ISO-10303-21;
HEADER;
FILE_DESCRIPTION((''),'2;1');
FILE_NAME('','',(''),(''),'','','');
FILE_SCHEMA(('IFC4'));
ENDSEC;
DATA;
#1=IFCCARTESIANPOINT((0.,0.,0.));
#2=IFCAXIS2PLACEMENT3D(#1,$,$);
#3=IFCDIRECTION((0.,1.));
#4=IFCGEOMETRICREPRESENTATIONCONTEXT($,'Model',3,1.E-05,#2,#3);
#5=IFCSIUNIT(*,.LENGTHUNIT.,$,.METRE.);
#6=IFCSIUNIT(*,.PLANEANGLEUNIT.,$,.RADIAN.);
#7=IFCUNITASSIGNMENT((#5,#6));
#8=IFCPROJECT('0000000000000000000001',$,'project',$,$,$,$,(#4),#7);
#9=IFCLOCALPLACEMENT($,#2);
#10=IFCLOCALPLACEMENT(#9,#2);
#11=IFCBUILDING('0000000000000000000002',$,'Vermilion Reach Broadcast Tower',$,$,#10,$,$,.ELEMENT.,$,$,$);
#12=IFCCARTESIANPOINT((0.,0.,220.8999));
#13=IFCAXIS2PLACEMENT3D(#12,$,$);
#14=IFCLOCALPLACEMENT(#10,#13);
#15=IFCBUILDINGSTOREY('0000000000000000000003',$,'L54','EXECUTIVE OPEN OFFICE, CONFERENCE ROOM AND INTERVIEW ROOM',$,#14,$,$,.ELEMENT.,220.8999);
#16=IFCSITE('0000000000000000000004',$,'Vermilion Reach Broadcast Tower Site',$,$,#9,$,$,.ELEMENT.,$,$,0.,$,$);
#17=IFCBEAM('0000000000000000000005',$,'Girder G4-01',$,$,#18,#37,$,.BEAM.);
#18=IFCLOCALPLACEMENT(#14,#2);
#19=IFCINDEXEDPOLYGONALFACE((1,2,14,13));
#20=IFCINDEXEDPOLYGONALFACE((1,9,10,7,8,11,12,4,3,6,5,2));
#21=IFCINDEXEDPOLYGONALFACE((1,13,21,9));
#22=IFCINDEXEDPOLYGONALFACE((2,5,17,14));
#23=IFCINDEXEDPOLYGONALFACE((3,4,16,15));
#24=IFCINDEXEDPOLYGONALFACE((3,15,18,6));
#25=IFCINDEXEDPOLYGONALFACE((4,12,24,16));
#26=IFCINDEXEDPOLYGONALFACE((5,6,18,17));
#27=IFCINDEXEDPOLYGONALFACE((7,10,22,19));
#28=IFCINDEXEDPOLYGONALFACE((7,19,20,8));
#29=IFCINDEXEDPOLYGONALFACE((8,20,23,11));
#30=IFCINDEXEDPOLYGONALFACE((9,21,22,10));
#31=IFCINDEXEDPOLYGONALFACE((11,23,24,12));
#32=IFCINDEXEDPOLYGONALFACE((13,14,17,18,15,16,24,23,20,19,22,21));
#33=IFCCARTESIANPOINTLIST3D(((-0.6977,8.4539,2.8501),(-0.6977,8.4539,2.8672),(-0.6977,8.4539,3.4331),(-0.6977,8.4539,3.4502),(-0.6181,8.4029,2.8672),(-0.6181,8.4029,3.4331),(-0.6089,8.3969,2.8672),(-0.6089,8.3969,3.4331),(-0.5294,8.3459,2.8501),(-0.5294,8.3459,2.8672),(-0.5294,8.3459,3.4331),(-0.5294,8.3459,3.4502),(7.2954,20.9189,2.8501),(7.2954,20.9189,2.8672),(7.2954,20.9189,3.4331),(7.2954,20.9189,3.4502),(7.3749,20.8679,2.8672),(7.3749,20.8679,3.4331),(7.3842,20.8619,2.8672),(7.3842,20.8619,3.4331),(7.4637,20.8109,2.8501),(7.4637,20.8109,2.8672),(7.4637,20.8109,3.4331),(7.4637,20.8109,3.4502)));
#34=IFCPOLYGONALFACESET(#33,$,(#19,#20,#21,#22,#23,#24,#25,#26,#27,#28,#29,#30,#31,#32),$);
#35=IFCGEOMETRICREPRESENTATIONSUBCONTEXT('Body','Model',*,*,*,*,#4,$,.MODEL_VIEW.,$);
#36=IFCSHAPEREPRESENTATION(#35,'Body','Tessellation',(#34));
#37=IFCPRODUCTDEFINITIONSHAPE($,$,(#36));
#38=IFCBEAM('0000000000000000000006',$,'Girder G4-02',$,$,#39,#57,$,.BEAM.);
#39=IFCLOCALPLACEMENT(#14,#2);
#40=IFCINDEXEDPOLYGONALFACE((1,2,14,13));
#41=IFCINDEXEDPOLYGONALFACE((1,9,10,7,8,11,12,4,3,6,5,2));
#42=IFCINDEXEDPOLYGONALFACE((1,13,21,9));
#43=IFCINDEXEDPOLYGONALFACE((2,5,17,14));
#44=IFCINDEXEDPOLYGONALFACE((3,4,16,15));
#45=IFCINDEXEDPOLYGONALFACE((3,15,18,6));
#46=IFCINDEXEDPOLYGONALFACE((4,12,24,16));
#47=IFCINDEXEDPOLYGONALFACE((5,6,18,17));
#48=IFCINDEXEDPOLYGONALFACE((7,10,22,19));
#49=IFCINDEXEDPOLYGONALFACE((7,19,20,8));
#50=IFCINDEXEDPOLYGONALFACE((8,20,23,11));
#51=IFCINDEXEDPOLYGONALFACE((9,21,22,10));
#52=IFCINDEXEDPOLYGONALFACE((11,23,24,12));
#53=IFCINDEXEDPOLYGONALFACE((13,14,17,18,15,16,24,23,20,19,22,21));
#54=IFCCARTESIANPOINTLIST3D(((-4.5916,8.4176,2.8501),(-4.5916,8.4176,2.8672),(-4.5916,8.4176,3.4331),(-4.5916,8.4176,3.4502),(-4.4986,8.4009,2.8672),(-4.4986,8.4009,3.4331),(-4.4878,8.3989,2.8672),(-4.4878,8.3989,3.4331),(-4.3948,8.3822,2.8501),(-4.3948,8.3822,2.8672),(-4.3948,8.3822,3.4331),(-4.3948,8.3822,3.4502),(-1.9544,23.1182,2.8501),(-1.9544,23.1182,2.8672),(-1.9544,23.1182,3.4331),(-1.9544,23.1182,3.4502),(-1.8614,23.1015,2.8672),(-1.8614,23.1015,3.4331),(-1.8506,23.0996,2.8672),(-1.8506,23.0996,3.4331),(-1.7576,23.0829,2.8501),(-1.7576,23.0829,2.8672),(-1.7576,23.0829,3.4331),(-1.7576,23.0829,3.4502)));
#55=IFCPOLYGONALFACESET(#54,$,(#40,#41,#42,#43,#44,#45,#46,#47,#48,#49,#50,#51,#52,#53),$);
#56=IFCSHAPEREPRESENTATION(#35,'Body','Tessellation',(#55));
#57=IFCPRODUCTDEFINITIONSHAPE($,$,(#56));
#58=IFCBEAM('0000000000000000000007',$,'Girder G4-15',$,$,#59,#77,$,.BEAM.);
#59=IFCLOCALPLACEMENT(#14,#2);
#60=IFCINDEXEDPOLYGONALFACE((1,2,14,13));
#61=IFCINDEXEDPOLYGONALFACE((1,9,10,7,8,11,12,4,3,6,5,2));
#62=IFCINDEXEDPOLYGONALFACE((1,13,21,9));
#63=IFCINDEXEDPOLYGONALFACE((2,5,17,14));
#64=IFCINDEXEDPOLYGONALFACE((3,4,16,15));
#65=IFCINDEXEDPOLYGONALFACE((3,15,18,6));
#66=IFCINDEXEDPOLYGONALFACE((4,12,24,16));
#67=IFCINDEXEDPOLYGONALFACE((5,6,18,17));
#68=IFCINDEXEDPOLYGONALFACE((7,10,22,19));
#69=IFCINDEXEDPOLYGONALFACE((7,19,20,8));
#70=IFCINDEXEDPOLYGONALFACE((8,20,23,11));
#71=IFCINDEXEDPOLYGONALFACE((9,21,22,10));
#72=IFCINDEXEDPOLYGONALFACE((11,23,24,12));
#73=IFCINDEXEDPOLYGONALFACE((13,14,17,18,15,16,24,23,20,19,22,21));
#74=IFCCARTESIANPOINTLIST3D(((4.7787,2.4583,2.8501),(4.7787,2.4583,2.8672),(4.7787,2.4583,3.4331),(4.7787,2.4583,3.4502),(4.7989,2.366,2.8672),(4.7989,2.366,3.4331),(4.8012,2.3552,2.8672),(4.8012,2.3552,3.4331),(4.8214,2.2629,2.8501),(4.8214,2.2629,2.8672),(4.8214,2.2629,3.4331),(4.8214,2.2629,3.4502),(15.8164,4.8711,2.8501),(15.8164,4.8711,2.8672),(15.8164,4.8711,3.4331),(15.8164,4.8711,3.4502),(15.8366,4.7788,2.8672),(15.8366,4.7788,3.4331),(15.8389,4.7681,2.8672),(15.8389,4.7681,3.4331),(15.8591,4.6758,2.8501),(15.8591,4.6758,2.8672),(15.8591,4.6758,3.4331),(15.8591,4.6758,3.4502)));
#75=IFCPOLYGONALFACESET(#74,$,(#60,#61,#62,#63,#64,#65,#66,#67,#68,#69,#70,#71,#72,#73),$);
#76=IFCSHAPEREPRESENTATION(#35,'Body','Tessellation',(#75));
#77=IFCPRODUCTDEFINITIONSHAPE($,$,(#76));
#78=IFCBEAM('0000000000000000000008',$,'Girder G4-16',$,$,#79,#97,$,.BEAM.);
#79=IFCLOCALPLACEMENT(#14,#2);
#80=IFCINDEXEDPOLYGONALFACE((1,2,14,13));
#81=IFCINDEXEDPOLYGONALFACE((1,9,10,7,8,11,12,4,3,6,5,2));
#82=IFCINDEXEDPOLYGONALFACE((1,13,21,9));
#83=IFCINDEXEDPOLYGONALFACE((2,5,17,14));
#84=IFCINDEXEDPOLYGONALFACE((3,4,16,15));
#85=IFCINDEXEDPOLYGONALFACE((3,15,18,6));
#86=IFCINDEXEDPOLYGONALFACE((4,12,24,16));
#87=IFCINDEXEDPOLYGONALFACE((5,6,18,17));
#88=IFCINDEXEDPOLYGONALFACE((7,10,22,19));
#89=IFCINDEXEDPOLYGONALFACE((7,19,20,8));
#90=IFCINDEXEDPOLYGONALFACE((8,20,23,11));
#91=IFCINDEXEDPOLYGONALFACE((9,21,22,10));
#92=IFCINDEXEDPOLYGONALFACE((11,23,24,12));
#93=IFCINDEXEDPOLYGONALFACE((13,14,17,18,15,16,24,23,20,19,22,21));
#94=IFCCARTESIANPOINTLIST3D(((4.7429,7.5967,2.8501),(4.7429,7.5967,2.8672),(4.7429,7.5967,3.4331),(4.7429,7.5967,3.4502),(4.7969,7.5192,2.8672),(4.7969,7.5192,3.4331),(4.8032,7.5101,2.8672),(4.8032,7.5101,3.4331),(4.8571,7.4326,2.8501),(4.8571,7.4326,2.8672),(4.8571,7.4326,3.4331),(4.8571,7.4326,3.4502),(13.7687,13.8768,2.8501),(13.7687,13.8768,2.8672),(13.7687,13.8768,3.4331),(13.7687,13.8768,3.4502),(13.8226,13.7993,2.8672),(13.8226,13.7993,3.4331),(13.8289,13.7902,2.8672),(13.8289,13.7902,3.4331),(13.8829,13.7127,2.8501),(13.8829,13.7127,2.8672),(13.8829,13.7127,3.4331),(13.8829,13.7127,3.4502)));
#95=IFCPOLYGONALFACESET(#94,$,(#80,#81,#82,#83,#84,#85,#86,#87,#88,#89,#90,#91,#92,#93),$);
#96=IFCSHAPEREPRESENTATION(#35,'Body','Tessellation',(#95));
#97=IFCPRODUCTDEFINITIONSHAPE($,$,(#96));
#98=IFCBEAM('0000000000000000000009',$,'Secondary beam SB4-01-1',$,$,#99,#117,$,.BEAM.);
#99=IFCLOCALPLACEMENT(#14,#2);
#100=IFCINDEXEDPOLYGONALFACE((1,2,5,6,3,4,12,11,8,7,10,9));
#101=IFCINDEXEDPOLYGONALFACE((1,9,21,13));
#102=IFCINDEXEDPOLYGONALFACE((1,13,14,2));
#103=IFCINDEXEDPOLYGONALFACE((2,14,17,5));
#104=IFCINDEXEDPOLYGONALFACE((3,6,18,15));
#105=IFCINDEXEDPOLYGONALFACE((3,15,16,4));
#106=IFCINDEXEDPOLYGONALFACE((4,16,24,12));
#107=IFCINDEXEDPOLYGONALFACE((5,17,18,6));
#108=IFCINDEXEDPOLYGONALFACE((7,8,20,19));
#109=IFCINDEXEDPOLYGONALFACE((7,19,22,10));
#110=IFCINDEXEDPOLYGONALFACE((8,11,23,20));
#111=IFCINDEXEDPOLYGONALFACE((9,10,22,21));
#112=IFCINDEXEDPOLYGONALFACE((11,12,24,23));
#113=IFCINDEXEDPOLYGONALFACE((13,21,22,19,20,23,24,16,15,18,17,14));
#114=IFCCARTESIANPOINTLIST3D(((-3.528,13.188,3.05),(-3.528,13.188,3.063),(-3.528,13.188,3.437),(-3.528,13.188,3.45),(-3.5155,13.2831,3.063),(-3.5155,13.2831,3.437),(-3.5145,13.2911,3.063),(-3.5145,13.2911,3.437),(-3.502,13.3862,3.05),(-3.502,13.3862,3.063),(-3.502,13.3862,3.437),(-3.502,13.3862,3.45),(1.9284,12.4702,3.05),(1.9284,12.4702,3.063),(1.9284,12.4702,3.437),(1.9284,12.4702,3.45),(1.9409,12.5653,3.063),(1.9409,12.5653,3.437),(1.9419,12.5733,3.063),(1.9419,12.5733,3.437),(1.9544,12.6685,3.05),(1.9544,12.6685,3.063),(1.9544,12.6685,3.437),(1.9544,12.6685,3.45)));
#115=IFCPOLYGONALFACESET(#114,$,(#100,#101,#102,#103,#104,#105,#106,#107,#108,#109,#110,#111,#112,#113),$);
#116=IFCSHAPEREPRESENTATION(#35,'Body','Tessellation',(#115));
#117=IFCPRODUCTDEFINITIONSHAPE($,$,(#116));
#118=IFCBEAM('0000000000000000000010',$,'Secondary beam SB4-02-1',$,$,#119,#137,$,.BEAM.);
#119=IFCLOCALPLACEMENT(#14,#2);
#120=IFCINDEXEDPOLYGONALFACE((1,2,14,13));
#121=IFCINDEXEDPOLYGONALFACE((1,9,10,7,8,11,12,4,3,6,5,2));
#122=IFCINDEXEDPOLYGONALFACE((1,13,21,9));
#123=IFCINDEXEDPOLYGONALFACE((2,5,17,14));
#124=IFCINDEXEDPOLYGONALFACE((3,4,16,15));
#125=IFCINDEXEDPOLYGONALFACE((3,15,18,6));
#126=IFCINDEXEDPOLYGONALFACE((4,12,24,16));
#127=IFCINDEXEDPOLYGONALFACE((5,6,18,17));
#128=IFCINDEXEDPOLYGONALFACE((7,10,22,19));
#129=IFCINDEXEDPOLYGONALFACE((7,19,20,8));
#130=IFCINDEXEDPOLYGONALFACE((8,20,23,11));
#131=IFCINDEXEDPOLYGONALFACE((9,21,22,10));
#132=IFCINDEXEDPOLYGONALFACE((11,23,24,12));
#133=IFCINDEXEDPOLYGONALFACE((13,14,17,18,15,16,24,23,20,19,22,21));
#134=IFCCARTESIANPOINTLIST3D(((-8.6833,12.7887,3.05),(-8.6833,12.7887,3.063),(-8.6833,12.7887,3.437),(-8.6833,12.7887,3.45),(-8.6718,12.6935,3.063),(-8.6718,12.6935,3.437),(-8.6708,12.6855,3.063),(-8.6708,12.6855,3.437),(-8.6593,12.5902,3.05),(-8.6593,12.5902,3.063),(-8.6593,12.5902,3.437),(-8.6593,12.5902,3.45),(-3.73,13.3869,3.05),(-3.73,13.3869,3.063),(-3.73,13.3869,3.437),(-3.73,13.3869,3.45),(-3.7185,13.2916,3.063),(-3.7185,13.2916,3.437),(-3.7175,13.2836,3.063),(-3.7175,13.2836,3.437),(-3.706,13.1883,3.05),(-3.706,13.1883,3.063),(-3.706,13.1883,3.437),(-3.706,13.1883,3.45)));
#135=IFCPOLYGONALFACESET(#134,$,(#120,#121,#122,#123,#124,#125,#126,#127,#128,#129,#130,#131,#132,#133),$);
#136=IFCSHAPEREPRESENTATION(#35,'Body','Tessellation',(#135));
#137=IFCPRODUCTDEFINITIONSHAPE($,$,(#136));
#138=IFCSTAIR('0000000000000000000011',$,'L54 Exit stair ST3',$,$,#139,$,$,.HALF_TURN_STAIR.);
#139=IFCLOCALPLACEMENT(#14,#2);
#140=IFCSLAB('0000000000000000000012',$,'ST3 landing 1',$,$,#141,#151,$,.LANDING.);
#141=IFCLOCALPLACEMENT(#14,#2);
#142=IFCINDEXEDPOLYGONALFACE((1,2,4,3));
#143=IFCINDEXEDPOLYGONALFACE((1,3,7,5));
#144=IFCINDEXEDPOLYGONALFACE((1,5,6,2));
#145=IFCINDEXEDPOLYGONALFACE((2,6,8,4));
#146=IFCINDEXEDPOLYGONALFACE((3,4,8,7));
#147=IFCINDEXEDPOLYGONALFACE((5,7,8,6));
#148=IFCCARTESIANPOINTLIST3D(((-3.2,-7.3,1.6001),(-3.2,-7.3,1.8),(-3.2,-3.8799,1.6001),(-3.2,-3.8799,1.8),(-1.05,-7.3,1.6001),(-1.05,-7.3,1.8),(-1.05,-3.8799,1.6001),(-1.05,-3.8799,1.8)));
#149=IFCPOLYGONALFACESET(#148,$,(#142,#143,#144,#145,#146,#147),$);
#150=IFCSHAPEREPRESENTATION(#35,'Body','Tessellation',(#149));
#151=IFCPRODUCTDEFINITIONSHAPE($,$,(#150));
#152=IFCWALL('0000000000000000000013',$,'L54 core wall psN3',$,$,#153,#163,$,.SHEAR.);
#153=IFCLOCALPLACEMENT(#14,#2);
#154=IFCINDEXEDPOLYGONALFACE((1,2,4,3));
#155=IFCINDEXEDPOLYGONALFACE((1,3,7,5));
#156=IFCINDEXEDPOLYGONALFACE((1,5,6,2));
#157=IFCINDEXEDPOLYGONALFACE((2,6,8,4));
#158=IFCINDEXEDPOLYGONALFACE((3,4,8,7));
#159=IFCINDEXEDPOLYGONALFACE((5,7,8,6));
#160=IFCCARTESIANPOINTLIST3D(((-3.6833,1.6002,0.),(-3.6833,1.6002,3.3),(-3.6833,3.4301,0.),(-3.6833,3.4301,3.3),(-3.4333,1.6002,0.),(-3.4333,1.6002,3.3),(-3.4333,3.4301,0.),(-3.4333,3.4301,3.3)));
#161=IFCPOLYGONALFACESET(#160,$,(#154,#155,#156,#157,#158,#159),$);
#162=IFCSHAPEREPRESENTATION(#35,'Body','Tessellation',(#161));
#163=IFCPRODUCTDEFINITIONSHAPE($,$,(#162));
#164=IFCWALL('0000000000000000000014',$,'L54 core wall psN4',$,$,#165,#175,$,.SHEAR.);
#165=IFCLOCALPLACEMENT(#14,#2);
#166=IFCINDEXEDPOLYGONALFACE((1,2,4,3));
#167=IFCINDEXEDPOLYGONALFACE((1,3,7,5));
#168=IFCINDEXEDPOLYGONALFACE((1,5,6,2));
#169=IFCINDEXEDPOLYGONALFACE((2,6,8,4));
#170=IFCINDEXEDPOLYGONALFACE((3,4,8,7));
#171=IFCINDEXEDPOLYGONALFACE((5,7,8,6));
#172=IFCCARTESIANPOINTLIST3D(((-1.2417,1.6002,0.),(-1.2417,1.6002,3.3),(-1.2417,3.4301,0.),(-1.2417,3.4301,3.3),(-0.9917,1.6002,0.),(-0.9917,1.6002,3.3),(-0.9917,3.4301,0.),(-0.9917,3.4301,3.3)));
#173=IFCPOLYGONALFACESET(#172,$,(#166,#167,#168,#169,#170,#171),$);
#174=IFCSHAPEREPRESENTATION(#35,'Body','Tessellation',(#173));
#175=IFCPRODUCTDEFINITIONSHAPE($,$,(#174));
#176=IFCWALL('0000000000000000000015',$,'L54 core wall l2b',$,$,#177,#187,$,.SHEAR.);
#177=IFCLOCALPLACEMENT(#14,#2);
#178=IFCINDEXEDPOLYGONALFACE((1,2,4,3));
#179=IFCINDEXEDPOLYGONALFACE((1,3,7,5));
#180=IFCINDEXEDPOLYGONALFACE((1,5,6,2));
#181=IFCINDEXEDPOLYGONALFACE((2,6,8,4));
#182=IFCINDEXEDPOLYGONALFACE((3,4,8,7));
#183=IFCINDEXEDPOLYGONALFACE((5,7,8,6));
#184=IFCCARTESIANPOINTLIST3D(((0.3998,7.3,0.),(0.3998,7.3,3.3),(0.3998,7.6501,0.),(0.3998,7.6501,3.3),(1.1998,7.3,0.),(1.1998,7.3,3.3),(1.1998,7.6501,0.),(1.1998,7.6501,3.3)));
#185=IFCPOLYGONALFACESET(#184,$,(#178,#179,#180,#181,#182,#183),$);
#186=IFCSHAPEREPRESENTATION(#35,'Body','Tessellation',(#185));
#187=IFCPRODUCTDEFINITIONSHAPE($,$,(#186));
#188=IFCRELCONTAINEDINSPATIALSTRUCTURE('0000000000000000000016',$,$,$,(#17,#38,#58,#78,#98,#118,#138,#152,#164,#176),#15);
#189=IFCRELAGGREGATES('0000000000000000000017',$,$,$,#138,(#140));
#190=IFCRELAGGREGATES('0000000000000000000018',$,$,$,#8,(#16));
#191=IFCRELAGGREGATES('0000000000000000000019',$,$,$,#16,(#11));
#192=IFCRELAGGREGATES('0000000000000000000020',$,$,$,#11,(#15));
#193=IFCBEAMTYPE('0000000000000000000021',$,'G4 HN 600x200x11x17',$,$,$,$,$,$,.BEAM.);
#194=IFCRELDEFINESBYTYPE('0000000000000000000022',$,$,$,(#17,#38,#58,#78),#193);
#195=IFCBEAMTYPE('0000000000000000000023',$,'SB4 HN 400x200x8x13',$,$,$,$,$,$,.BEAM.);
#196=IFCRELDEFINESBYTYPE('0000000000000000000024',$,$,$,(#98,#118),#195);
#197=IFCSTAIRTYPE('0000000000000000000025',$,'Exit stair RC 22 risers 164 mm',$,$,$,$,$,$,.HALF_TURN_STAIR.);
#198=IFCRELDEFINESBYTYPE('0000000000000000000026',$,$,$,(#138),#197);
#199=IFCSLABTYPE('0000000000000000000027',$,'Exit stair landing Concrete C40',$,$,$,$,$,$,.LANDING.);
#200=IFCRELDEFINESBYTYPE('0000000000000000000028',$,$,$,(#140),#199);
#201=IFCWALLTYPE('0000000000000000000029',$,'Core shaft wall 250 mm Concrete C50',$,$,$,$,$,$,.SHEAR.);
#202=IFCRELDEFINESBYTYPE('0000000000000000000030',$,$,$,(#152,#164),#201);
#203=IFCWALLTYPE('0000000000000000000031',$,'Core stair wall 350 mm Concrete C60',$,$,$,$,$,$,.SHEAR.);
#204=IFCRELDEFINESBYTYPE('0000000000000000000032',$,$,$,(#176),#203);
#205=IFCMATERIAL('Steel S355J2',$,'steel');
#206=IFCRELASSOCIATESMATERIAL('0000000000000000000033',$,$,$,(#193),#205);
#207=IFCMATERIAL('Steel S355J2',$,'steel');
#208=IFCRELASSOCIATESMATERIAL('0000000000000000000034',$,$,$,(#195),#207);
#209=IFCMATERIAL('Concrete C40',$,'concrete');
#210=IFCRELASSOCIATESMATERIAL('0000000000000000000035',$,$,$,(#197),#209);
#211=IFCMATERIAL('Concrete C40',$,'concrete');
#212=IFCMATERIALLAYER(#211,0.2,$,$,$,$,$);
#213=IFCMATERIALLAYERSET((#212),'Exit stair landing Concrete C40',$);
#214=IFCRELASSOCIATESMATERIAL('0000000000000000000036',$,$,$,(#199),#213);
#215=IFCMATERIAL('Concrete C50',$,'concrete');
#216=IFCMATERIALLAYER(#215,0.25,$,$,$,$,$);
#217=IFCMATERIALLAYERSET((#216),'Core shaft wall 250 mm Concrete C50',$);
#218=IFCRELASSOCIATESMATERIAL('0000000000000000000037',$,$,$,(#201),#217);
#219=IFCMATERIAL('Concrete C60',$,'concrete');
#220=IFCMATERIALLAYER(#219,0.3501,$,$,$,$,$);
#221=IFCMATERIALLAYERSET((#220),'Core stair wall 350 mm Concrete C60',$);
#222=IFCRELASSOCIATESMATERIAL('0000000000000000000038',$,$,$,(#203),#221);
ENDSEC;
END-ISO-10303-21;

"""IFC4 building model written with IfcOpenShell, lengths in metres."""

from ifc_helpers import new_model, si_unit, direction, frame, frame_2d, origin, origin_2d, place, context, subcontext, project, spatial, polyline, rectangle, i_section, outline, extrude, material, layer, layer_set, material_profile, profile_set, type_object, element, aggregate, save


model = new_model("IFC4")

# Units and contexts
model_context = context("Model", 3, precision=1e-05, world=origin(), true_north=direction((0.0, 1.0)))
body_context = subcontext(model_context, "Body", "Model", "MODEL_VIEW")
ifc_project = project(units=[si_unit("LENGTHUNIT", "METRE"), si_unit("PLANEANGLEUNIT", "RADIAN")], contexts=[model_context])

# Site, building, storey
site_placement = place(None, origin())
site = spatial("IfcSite", under=ifc_project, at=site_placement, Name="Vermilion Reach Broadcast Tower Site", CompositionType="ELEMENT", RefElevation=0.0)
building_placement = place(site_placement, origin())
building = spatial("IfcBuilding", under=site, at=building_placement, Name="Vermilion Reach Broadcast Tower", CompositionType="ELEMENT")
storey_placement = place(building_placement, frame((0.0, 0.0, 220.8999)))
storey = spatial("IfcBuildingStorey", under=building, at=storey_placement, Name="L54", Description="EXECUTIVE OPEN OFFICE, CONFERENCE ROOM AND INTERVIEW ROOM", CompositionType="ELEMENT", Elevation=220.8999)

# Beams
ifc_material_1 = material(Name="Steel S355J2", Category="steel")
ifc_material_profile_1 = material_profile(ifc_material_1, i_section(OverallWidth=0.2, OverallDepth=0.6001, WebThickness=0.011, FlangeThickness=0.0171, at=origin_2d()), Name="S355J2 HN 600x200x11x17")
ifc_profile_set_1 = profile_set([ifc_material_profile_1], Name="Steel S355J2")
beam_type_1 = type_object("IfcBeamType", Name="G4 HN 600x200x11x17", PredefinedType="BEAM", material=ifc_profile_set_1)
beam_1_placement = place(storey_placement, frame((-0.6135, 8.3999, 3.1501), z_axis=(0.539796, 0.841796, 0.0), x_axis=(-0.841796, 0.539796, 0.0)))
element("IfcBeam", 1, at=beam_1_placement, inside=storey, type_object=beam_type_1, Name="Girder G4-01", PredefinedType="BEAM", context=body_context, shape_type="SweptSolid", body=[
    extrude(i_section(OverallWidth=0.2, OverallDepth=0.6001, WebThickness=0.011, FlangeThickness=0.0171, at=origin_2d()), origin(), (0.0, 0.0, 1.0), 14.8076),
])
beam_2_placement = place(storey_placement, frame((-4.4932, 8.3999, 3.1501), z_axis=(0.176575, 0.984287, 0.0), x_axis=(-0.984287, 0.176575, 0.0)))
element("IfcBeam", 2, at=beam_2_placement, inside=storey, type_object=beam_type_1, Name="Girder G4-02", PredefinedType="BEAM", context=body_context, shape_type="SweptSolid", body=[
    extrude(i_section(OverallWidth=0.2, OverallDepth=0.6001, WebThickness=0.011, FlangeThickness=0.0171, at=origin_2d()), origin(), (0.0, 0.0, 1.0), 14.9353),
])
beam_3_placement = place(storey_placement, frame((4.8, 2.3606, 3.1501), z_axis=(0.97693, 0.213559, 0.0), x_axis=(-0.213559, 0.97693, 0.0)))
element("IfcBeam", 3, at=beam_3_placement, inside=storey, type_object=beam_type_1, Name="Girder G4-15", PredefinedType="BEAM", context=body_context, shape_type="SweptSolid", body=[
    extrude(i_section(OverallWidth=0.2, OverallDepth=0.6001, WebThickness=0.011, FlangeThickness=0.0171, at=origin_2d()), origin(), (0.0, 0.0, 1.0), 11.2983),
])
beam_4_placement = place(storey_placement, frame((4.8, 7.5146, 3.1501), z_axis=(0.820849, 0.571146, 0.0), x_axis=(-0.571146, 0.820849, 0.0)))
element("IfcBeam", 4, at=beam_4_placement, inside=storey, type_object=beam_type_1, Name="Girder G4-16", PredefinedType="BEAM", context=body_context, shape_type="SweptSolid", body=[
    extrude(i_section(OverallWidth=0.2, OverallDepth=0.6001, WebThickness=0.011, FlangeThickness=0.0171, at=origin_2d()), origin(), (0.0, 0.0, 1.0), 10.9956),
])
ifc_material_2 = material(Name="Steel S355J2", Category="steel")
ifc_material_profile_2 = material_profile(ifc_material_2, i_section(OverallWidth=0.2, OverallDepth=0.3999, WebThickness=0.0081, FlangeThickness=0.0129, at=origin_2d()), Name="S355J2 HN 400x200x8x13")
ifc_profile_set_2 = profile_set([ifc_material_profile_2], Name="Steel S355J2")
beam_type_2 = type_object("IfcBeamType", Name="SB4 HN 400x200x8x13", PredefinedType="BEAM", material=ifc_profile_set_2)
beam_5_placement = place(storey_placement, frame((1.9414, 12.5693, 3.25), z_axis=(-0.991458, 0.130426, 0.0), x_axis=(-0.130426, -0.991458, 0.0)))
element("IfcBeam", 5, at=beam_5_placement, inside=storey, type_object=beam_type_2, Name="Secondary beam SB4-01-1", PredefinedType="BEAM", context=body_context, shape_type="SweptSolid", body=[
    extrude(i_section(OverallWidth=0.2, OverallDepth=0.3999, WebThickness=0.0081, FlangeThickness=0.0129, at=origin_2d()), origin(), (0.0, 0.0, 1.0), 5.5034),
])
beam_6_placement = place(storey_placement, frame((-3.718, 13.2876, 3.25), z_axis=(-0.992788, -0.119884, 0.0), x_axis=(0.119884, -0.992788, 0.0)))
element("IfcBeam", 6, at=beam_6_placement, inside=storey, type_object=beam_type_2, Name="Secondary beam SB4-02-1", PredefinedType="BEAM", context=body_context, shape_type="SweptSolid", body=[
    extrude(i_section(OverallWidth=0.2, OverallDepth=0.3999, WebThickness=0.0081, FlangeThickness=0.0129, at=origin_2d()), origin(), (0.0, 0.0, 1.0), 4.9893),
])

# Stair, slab
ifc_material_3 = material(Name="Concrete C40", Category="concrete")
stair_type = type_object("IfcStairType", Name="Exit stair RC 22 risers 164 mm", PredefinedType="HALF_TURN_STAIR", material=ifc_material_3)
placement = place(storey_placement, origin())
stair_1 = element("IfcStair", 7, at=placement, inside=storey, type_object=stair_type, Name="L54 Exit stair ST3", PredefinedType="HALF_TURN_STAIR")
ifc_material_4 = material(Name="Concrete C40", Category="concrete")
ifc_layer_1 = layer(ifc_material_4, 0.2)
ifc_layer_set_1 = layer_set([ifc_layer_1], Name="Exit stair landing Concrete C40")
slab_type = type_object("IfcSlabType", Name="Exit stair landing Concrete C40", PredefinedType="LANDING", material=ifc_layer_set_1)
slab_placement = place(storey_placement, frame((0.0, 0.0, 1.6001)))
slab = element("IfcSlab", 8, at=slab_placement, type_object=slab_type, Name="ST3 landing 1", PredefinedType="LANDING", context=body_context, shape_type="SweptSolid", body=[
    extrude(outline(polyline([(-3.2, -7.3), (-1.05, -7.3), (-1.05, -3.8799), (-3.2, -3.8799), (-3.2, -7.3)])), origin(), (0.0, 0.0, 1.0), 0.2),
])
aggregate(stair_1, [slab])

# Walls
ifc_material_5 = material(Name="Concrete C50", Category="concrete")
ifc_layer_2 = layer(ifc_material_5, 0.25)
ifc_layer_set_2 = layer_set([ifc_layer_2], Name="Core shaft wall 250 mm Concrete C50")
wall_type_1 = type_object("IfcWallType", Name="Core shaft wall 250 mm Concrete C50", PredefinedType="SHEAR", material=ifc_layer_set_2)
for number, where, z_axis, x_axis, name in (
    (9, (-3.5583, 1.6001, 0.0), (0.0, 0.0, 1.0), (0.0, 1.0, 0.0), "L54 core wall psN3"),
    (10, (-1.1167, 1.6001, 0.0), (0.0, 0.0, 1.0), (0.0, 1.0, 0.0), "L54 core wall psN4"),
):
    element("IfcWall", number, at=place(storey_placement, frame(where, z_axis=z_axis, x_axis=x_axis)), inside=storey, type_object=wall_type_1, Name=name, PredefinedType="SHEAR", context=body_context, shape_type="SweptSolid", body=[
        extrude(rectangle(XDim=1.8298, YDim=0.25, at=frame_2d((0.915, 0.0))), origin(), (0.0, 0.0, 1.0), 3.3),
    ])
ifc_material_6 = material(Name="Concrete C60", Category="concrete")
ifc_layer_3 = layer(ifc_material_6, 0.3501)
ifc_layer_set_3 = layer_set([ifc_layer_3], Name="Core stair wall 350 mm Concrete C60")
wall_type_2 = type_object("IfcWallType", Name="Core stair wall 350 mm Concrete C60", PredefinedType="SHEAR", material=ifc_layer_set_3)
wall_placement = place(storey_placement, frame((0.3999, 7.4751, 0.0), z_axis=(0.0, 0.0, 1.0), x_axis=(1.0, 0.0, 0.0)))
element("IfcWall", 11, at=wall_placement, inside=storey, type_object=wall_type_2, Name="L54 core wall l2b", PredefinedType="SHEAR", context=body_context, shape_type="SweptSolid", body=[
    extrude(rectangle(XDim=0.8, YDim=0.3501, at=frame_2d((0.3999, 0.0))), origin(), (0.0, 0.0, 1.0), 3.3),
])

save(model, "model.ifc")
